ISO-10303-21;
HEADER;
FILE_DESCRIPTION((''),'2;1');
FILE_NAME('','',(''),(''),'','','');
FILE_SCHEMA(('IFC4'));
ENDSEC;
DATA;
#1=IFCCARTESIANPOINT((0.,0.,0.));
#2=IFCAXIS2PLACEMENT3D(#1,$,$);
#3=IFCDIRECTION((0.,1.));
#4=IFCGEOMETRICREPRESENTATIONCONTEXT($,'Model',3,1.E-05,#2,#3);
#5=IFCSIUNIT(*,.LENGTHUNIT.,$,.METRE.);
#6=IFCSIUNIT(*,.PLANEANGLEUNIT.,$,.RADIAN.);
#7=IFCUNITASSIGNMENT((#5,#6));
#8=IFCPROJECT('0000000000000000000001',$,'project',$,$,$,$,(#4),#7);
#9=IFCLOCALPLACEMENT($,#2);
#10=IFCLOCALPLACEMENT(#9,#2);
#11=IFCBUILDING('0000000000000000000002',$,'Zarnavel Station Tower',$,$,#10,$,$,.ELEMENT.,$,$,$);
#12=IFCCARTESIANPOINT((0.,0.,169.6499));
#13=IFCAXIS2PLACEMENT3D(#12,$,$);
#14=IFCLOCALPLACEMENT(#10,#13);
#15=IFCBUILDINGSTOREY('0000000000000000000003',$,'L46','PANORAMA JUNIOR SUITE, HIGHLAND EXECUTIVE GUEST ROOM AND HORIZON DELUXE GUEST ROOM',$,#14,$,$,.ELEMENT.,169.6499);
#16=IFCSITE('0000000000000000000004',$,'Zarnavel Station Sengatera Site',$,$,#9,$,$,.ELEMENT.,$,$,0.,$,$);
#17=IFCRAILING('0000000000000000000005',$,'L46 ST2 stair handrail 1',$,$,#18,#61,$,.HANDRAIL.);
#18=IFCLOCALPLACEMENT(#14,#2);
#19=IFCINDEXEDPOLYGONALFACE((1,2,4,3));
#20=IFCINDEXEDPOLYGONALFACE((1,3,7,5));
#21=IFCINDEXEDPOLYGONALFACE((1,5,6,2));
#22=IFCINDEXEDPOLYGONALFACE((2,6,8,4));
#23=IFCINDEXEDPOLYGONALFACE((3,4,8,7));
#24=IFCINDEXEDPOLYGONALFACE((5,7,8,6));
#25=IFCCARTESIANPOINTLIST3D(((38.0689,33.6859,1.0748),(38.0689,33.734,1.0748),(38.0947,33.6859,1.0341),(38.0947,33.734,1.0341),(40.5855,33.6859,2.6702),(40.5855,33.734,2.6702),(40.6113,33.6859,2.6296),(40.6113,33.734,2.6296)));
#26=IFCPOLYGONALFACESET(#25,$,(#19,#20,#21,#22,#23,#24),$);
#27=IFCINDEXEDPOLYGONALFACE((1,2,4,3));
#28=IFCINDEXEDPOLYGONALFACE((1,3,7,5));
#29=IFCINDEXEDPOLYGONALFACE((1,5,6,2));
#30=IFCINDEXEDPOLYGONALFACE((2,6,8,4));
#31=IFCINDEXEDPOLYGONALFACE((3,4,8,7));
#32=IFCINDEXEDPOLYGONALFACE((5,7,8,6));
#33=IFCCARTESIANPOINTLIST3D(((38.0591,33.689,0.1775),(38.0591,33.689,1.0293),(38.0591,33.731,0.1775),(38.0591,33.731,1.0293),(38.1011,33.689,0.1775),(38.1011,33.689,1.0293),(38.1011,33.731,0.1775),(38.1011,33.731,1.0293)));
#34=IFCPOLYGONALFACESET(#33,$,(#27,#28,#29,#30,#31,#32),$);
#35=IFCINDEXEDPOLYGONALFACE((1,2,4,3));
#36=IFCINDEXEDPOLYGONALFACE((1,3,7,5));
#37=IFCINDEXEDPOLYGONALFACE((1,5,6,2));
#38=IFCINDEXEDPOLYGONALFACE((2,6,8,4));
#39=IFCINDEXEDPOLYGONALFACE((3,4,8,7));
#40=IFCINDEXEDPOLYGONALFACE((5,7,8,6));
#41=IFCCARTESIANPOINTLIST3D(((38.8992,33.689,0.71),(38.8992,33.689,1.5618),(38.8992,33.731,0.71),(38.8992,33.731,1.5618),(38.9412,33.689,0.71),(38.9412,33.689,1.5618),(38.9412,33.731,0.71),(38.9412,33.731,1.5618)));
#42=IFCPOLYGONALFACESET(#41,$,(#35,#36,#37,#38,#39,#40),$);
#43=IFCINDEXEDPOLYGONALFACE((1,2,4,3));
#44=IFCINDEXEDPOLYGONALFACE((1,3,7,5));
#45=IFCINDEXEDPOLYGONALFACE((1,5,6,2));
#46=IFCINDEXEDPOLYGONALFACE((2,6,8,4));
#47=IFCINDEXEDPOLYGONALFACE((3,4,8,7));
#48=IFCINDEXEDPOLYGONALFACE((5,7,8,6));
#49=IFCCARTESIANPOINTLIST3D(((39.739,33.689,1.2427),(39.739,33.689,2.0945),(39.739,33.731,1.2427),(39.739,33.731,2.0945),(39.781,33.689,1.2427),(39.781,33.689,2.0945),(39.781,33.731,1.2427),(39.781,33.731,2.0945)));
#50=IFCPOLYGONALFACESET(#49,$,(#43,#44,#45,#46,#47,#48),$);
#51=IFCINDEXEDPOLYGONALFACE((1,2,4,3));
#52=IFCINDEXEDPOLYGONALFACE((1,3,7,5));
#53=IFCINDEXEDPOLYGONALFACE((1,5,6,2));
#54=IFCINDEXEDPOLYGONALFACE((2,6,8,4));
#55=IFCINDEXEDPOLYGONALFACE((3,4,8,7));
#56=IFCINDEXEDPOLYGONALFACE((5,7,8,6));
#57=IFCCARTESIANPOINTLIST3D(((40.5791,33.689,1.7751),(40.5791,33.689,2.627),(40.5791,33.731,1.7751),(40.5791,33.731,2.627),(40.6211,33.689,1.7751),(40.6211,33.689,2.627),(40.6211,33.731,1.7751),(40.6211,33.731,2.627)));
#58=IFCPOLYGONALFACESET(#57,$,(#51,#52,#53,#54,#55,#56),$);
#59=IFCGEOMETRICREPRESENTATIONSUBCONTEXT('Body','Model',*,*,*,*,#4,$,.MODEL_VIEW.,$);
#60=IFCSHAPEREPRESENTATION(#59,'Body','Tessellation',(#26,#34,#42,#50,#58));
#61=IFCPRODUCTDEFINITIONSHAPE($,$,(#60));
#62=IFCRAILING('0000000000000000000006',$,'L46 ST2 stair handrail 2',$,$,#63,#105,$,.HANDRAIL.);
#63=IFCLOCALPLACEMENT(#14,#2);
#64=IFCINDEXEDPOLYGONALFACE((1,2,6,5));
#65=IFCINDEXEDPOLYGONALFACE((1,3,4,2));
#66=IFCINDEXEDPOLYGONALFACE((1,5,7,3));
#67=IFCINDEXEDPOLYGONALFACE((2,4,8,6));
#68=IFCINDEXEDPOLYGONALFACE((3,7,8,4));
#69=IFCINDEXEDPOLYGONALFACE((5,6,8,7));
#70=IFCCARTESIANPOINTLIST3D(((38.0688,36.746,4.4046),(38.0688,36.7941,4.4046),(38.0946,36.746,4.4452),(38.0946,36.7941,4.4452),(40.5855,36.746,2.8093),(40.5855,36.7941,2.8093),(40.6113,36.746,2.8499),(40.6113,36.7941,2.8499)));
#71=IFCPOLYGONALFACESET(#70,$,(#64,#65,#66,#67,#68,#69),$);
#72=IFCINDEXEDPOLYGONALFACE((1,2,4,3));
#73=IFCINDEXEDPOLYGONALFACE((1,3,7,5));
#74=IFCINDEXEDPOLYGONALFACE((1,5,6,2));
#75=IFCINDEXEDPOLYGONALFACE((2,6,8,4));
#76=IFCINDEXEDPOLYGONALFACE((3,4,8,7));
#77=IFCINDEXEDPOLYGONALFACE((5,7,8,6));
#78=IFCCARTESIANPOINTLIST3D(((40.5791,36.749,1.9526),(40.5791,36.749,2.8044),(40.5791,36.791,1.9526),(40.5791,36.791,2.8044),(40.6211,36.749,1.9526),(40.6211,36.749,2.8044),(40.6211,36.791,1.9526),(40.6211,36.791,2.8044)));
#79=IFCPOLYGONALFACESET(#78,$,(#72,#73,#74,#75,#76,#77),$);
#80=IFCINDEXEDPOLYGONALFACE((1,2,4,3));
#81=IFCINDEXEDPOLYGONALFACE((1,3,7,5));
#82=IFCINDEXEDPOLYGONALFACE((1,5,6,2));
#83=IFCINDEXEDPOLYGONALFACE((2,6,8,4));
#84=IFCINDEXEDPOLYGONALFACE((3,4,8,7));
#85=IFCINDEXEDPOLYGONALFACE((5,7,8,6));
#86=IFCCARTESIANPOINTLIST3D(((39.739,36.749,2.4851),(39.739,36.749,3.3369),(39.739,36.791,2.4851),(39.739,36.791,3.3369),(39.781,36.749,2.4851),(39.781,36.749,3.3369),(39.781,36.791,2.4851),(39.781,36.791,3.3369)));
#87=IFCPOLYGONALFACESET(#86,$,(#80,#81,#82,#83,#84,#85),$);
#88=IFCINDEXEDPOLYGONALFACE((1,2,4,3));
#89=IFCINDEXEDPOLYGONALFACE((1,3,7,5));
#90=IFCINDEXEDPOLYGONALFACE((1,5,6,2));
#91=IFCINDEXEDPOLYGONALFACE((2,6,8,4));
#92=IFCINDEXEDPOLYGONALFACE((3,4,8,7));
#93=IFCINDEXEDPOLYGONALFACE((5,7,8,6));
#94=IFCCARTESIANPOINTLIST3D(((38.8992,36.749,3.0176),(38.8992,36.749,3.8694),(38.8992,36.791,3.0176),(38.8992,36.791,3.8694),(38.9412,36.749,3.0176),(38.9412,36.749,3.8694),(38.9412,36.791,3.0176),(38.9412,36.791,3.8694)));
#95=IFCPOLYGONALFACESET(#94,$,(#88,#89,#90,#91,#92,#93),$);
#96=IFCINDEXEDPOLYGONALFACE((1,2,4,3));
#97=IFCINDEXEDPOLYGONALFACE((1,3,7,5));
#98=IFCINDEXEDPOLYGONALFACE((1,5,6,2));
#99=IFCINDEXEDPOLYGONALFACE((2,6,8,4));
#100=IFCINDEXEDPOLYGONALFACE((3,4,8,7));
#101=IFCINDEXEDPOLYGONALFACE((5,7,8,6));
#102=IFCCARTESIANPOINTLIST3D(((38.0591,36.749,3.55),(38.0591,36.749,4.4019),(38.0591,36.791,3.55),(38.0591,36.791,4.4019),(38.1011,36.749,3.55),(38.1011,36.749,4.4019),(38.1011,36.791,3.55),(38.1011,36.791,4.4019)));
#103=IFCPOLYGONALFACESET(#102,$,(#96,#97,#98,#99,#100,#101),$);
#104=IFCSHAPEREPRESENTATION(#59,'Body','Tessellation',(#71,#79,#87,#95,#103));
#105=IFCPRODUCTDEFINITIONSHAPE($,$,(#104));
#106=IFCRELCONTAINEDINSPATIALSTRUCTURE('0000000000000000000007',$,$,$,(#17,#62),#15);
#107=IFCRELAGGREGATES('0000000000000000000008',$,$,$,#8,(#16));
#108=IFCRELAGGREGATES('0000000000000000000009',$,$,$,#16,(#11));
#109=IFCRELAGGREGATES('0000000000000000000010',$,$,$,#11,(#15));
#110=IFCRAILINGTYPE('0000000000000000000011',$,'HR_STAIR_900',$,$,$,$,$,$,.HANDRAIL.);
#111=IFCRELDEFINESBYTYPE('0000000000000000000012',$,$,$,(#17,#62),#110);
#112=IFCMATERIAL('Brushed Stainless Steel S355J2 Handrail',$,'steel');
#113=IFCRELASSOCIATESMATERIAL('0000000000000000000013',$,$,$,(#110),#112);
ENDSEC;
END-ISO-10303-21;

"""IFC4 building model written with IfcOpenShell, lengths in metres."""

from ifc_helpers import new_model, si_unit, direction, frame, origin, origin_2d, place, context, subcontext, project, spatial, rectangle, extrude, material, type_object, element, save


model = new_model("IFC4")

# Units and contexts
model_context = context("Model", 3, precision=1e-05, world=origin(), true_north=direction((0.0, 1.0)))
body_context = subcontext(model_context, "Body", "Model", "MODEL_VIEW")
ifc_project = project(units=[si_unit("LENGTHUNIT", "METRE"), si_unit("PLANEANGLEUNIT", "RADIAN")], contexts=[model_context])

# Site, building, storey
site_placement = place(None, origin())
site = spatial("IfcSite", under=ifc_project, at=site_placement, Name="Zarnavel Station Sengatera Site", CompositionType="ELEMENT", RefElevation=0.0)
building_placement = place(site_placement, origin())
building = spatial("IfcBuilding", under=site, at=building_placement, Name="Zarnavel Station Tower", CompositionType="ELEMENT")
storey_placement = place(building_placement, frame((0.0, 0.0, 169.6499)))
storey = spatial("IfcBuildingStorey", under=building, at=storey_placement, Name="L46", Description="PANORAMA JUNIOR SUITE, HIGHLAND EXECUTIVE GUEST ROOM AND HORIZON DELUXE GUEST ROOM", CompositionType="ELEMENT", Elevation=169.6499)

# Railings
ifc_material_1 = material(Name="Brushed Stainless Steel S355J2 Handrail", Category="steel")
railing_type_1 = type_object("IfcRailingType", Name="HR_STAIR_900", PredefinedType="HANDRAIL", material=ifc_material_1)
railing_1_placement = place(storey_placement, frame((38.0801, 33.71, 0.1775)))
element("IfcRailing", 1, at=railing_1_placement, inside=storey, type_object=railing_type_1, Name="L46 ST2 stair handrail 1", PredefinedType="HANDRAIL", context=body_context, shape_type="SweptSolid", body=[
    extrude(rectangle(XDim=0.0481, YDim=0.0481, at=origin_2d()), frame((0.0017, 0.0, 0.877), z_axis=(0.84457, 0.0, 0.535445), x_axis=(0.0, 1.0, 0.0)), (0.0, 0.0, 1.0), 2.9797),
    extrude(rectangle(XDim=0.042, YDim=0.042, at=origin_2d()), origin(), (0.0, 0.0, 1.0), 0.8518),
    extrude(rectangle(XDim=0.042, YDim=0.042, at=origin_2d()), frame((0.8401, 0.0, 0.5325)), (0.0, 0.0, 1.0), 0.8518),
    extrude(rectangle(XDim=0.042, YDim=0.042, at=origin_2d()), frame((1.6799, 0.0, 1.0652)), (0.0, 0.0, 1.0), 0.8518),
    extrude(rectangle(XDim=0.042, YDim=0.042, at=origin_2d()), frame((2.52, 0.0, 1.5977)), (0.0, 0.0, 1.0), 0.8518),
])
railing_2_placement = place(storey_placement, frame((40.6001, 36.77, 1.9526)))
element("IfcRailing", 2, at=railing_2_placement, inside=storey, type_object=railing_type_1, Name="L46 ST2 stair handrail 2", PredefinedType="HANDRAIL", context=body_context, shape_type="SweptSolid", body=[
    extrude(rectangle(XDim=0.0481, YDim=0.0481, at=origin_2d()), frame((-0.0017, 0.0, 0.877), z_axis=(-0.844607, 0.0, 0.535387), x_axis=(0.0, -1.0, 0.0)), (0.0, 0.0, 1.0), 2.9797),
    extrude(rectangle(XDim=0.042, YDim=0.042, at=origin_2d()), origin(), (0.0, 0.0, 1.0), 0.8518),
    extrude(rectangle(XDim=0.042, YDim=0.042, at=origin_2d()), frame((-0.8401, 0.0, 0.5325)), (0.0, 0.0, 1.0), 0.8518),
    extrude(rectangle(XDim=0.042, YDim=0.042, at=origin_2d()), frame((-1.6799, 0.0, 1.0649)), (0.0, 0.0, 1.0), 0.8518),
    extrude(rectangle(XDim=0.042, YDim=0.042, at=origin_2d()), frame((-2.52, 0.0, 1.5974)), (0.0, 0.0, 1.0), 0.8518),
])

save(model, "model.ifc")
